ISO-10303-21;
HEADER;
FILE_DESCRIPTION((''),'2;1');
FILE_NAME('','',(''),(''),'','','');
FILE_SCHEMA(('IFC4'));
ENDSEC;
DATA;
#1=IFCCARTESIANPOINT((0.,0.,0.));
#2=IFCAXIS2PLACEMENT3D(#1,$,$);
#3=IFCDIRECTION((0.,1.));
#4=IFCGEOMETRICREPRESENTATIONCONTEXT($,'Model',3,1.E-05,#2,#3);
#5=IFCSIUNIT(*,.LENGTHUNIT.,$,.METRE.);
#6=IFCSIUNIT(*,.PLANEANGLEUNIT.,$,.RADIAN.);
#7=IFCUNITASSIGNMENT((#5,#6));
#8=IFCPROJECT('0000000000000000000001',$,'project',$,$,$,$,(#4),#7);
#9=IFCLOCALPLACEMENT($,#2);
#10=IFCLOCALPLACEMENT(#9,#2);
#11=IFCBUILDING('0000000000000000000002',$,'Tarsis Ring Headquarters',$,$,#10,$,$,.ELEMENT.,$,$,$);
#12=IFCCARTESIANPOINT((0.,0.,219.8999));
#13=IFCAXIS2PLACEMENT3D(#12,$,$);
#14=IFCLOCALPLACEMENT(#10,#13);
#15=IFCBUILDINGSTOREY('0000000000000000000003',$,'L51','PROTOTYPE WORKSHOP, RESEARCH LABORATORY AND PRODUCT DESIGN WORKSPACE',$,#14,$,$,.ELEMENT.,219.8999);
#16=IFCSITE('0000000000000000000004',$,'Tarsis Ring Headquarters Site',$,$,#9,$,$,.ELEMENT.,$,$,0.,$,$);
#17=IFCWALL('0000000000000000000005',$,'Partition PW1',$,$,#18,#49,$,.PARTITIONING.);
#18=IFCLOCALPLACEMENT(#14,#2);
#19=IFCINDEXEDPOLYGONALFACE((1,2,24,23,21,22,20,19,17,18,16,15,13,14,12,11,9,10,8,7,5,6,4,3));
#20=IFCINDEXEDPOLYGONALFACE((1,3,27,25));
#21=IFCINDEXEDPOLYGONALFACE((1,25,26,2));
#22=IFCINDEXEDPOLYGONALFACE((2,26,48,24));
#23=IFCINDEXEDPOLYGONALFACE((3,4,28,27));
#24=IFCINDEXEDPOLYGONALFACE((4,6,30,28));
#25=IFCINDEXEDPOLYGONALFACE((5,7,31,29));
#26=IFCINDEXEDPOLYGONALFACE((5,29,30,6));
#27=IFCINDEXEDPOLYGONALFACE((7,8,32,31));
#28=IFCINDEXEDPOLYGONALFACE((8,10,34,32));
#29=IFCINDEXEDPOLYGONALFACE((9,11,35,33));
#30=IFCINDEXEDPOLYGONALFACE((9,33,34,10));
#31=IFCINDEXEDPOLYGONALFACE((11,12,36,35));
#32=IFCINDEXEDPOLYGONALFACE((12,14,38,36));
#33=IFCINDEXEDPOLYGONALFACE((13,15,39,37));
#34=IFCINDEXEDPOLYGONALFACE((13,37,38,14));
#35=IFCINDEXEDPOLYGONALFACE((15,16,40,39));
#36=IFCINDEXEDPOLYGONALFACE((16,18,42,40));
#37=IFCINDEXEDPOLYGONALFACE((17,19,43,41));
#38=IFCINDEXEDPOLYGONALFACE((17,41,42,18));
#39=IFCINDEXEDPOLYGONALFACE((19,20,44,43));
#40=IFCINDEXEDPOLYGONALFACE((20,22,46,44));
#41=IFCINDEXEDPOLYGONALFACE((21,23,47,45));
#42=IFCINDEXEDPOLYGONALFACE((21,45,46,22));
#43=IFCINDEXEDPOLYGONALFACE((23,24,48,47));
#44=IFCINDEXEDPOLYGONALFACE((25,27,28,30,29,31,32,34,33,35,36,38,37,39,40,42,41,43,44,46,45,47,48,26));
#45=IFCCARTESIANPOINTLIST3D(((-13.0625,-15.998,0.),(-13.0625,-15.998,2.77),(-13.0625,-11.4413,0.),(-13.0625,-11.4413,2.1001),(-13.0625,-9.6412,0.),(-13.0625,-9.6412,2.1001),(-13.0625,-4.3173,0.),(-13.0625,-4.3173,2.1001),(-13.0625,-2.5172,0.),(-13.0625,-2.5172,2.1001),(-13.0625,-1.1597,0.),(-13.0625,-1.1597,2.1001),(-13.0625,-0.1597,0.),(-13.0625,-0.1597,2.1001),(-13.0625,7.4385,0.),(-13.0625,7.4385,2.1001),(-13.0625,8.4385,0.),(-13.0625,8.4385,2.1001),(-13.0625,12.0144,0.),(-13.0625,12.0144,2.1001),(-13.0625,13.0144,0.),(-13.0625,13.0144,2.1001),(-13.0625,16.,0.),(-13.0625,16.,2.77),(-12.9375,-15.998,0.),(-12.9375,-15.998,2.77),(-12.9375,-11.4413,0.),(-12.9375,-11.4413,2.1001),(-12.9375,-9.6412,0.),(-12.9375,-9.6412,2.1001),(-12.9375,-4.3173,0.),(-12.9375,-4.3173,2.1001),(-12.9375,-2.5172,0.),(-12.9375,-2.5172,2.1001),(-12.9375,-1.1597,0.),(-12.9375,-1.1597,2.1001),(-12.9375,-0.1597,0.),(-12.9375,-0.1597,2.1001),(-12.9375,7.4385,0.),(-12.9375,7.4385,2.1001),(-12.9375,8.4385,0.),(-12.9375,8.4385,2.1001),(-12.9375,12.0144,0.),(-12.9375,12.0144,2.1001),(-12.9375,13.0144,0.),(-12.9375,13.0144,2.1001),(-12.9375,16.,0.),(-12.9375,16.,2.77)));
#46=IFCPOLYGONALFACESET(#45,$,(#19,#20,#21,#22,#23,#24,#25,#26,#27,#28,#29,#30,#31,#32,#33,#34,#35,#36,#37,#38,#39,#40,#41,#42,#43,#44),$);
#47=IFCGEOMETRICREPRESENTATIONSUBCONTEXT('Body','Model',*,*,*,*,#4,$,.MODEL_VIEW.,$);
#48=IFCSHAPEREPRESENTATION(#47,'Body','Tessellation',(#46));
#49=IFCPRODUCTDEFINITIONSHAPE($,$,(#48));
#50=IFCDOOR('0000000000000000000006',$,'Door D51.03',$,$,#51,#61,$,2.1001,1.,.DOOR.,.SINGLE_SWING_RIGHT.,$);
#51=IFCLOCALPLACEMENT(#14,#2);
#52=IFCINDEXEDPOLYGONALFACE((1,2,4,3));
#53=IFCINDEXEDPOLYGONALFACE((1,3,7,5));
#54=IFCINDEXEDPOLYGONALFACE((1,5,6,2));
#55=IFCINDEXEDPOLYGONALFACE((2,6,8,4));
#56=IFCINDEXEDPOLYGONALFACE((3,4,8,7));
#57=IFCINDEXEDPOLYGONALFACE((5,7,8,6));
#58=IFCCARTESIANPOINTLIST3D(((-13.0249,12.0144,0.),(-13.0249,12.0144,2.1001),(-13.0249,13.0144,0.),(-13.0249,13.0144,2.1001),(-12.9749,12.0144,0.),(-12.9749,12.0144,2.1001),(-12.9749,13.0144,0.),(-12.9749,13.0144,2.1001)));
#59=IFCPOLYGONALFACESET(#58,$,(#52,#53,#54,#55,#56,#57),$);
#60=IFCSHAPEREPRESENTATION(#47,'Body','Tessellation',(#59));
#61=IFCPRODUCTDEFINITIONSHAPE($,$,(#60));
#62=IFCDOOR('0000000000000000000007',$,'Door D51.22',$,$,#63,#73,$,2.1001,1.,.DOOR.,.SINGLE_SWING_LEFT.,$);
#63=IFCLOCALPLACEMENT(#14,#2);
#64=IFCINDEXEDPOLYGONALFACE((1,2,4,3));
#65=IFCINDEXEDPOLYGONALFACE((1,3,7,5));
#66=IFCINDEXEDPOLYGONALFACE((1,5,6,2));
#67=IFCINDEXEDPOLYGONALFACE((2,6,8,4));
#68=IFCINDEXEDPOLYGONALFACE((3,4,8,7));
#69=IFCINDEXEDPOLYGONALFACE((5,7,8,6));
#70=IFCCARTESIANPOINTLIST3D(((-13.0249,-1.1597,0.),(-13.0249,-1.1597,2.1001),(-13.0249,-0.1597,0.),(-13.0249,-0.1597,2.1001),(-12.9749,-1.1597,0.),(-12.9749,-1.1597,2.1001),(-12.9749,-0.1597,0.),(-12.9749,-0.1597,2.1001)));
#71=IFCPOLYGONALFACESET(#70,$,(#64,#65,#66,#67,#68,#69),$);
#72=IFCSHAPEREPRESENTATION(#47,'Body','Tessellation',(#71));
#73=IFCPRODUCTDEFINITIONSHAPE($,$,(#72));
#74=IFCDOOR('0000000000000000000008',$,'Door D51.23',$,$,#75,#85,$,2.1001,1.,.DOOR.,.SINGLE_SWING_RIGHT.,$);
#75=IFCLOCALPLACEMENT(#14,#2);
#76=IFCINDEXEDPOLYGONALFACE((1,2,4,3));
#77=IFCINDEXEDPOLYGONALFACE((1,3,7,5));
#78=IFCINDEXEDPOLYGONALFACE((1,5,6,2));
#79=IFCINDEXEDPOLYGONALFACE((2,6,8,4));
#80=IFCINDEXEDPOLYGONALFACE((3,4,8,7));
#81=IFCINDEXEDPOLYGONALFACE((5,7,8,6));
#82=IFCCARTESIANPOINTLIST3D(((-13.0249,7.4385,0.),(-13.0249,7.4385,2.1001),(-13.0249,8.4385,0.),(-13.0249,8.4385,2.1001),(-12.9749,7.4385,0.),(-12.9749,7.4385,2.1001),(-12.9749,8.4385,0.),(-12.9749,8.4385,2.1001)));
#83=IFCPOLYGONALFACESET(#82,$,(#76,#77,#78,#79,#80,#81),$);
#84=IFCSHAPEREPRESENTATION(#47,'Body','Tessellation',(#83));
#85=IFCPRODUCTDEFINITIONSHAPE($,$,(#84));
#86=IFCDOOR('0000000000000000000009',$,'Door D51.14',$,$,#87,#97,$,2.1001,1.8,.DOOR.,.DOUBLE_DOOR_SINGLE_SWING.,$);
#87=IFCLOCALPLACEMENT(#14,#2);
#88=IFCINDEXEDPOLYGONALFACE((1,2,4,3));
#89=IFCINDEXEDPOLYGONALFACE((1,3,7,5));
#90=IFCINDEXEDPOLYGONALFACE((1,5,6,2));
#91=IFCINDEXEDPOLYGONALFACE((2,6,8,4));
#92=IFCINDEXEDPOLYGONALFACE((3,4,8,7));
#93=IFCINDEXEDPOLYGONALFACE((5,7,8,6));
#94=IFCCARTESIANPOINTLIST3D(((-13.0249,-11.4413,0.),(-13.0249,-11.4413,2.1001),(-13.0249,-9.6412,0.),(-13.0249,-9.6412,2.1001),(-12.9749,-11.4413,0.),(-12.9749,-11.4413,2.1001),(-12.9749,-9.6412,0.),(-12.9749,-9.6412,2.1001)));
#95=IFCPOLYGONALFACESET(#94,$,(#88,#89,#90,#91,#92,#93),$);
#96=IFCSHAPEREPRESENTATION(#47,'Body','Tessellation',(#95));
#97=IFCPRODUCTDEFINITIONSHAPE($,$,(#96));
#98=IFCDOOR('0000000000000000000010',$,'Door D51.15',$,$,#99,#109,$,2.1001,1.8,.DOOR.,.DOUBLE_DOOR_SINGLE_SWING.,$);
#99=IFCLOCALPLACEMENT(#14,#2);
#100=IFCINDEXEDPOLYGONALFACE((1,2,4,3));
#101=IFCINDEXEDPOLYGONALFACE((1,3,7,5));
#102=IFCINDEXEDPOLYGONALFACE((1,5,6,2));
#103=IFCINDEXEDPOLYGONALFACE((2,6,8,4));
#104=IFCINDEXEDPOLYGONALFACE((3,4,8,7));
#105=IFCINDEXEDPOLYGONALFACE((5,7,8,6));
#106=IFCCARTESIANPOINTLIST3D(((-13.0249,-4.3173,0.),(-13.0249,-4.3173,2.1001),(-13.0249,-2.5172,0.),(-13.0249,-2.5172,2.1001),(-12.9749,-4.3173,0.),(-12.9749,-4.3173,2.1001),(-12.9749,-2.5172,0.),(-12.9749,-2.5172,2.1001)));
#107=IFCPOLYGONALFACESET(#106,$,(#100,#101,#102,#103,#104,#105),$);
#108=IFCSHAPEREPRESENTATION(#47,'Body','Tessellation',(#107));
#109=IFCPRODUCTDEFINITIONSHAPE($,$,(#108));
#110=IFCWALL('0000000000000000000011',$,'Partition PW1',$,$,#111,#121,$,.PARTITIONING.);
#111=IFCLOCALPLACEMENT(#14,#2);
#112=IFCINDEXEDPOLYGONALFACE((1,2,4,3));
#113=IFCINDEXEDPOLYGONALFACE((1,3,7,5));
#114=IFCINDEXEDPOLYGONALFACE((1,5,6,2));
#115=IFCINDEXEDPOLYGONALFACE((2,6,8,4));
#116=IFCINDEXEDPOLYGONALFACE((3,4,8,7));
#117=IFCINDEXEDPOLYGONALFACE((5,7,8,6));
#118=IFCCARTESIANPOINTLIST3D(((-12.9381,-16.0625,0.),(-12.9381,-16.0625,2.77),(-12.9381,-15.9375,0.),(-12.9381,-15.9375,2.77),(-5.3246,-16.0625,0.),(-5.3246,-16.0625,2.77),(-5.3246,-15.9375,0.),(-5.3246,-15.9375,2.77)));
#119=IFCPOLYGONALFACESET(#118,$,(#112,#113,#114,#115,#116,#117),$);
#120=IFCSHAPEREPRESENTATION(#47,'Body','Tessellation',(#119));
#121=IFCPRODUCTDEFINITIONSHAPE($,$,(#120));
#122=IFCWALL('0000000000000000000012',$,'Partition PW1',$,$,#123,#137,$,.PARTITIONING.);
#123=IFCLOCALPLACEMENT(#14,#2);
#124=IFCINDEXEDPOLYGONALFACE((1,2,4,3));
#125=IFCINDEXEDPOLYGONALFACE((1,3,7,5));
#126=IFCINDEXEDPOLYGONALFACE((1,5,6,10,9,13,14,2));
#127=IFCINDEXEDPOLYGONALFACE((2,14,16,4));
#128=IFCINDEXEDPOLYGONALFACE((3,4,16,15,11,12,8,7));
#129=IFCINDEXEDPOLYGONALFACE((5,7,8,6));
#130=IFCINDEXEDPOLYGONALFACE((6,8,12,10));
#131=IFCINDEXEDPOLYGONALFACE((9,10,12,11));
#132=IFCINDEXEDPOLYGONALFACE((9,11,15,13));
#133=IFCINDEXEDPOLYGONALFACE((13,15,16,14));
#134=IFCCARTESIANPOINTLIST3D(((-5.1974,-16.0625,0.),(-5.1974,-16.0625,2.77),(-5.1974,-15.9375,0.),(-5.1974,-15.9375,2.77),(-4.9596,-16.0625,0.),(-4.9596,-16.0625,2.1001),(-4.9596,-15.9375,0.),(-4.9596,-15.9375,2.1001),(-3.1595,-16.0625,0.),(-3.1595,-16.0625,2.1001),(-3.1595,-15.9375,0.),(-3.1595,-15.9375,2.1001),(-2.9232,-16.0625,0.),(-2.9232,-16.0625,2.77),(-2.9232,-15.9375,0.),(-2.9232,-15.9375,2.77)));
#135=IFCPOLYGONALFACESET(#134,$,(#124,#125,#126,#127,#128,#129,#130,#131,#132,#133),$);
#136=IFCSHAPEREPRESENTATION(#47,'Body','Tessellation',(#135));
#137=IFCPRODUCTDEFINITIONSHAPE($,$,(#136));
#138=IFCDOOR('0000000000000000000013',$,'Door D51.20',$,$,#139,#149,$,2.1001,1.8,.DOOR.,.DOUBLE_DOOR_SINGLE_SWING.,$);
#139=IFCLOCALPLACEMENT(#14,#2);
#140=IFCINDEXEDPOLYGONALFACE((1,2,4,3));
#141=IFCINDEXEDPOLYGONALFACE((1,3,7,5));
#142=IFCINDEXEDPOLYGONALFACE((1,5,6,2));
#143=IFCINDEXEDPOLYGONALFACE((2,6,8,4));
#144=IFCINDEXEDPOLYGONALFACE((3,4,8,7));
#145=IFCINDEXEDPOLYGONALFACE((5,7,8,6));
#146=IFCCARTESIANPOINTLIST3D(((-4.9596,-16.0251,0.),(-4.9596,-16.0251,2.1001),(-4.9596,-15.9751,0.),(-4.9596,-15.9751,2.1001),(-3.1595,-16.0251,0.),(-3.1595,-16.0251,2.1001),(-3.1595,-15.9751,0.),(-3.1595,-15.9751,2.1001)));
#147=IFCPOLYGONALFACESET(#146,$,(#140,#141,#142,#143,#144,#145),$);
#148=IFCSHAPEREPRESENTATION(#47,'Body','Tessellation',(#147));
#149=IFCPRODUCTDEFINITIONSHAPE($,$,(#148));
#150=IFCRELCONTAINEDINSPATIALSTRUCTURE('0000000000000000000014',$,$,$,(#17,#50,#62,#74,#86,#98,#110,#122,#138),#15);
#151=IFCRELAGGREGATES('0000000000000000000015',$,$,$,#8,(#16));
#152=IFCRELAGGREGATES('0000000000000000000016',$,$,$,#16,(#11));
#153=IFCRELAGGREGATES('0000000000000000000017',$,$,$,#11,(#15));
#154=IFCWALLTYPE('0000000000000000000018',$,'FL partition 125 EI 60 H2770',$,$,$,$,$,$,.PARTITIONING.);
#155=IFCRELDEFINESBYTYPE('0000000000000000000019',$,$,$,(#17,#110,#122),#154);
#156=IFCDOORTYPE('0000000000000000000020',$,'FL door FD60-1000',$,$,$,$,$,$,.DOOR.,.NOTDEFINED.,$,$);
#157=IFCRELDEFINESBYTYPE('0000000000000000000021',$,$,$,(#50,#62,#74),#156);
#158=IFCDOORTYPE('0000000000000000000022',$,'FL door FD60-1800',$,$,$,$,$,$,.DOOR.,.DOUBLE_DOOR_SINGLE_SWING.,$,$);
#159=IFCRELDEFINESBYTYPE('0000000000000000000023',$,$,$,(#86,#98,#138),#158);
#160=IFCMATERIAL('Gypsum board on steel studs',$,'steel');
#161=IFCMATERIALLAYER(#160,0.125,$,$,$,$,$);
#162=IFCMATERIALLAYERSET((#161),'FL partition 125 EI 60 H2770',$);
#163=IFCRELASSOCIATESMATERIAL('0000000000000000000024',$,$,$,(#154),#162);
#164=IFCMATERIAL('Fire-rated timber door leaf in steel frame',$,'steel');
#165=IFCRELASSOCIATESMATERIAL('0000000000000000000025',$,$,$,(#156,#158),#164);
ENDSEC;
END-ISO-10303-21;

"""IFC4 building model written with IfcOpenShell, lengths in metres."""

from ifc_helpers import new_model, si_unit, direction, frame, frame_2d, origin, place, context, subcontext, project, spatial, rectangle, extrude, material, layer, layer_set, type_object, element, fill, save


model = new_model("IFC4")

# Units and contexts
model_context = context("Model", 3, precision=1e-05, world=origin(), true_north=direction((0.0, 1.0)))
body_context = subcontext(model_context, "Body", "Model", "MODEL_VIEW")
ifc_project = project(units=[si_unit("LENGTHUNIT", "METRE"), si_unit("PLANEANGLEUNIT", "RADIAN")], contexts=[model_context])

# Site, building, storey
site_placement = place(None, origin())
site = spatial("IfcSite", under=ifc_project, at=site_placement, Name="Tarsis Ring Headquarters Site", CompositionType="ELEMENT", RefElevation=0.0)
building_placement = place(site_placement, origin())
building = spatial("IfcBuilding", under=site, at=building_placement, Name="Tarsis Ring Headquarters", CompositionType="ELEMENT")
storey_placement = place(building_placement, frame((0.0, 0.0, 219.8999)))
storey = spatial("IfcBuildingStorey", under=building, at=storey_placement, Name="L51", Description="PROTOTYPE WORKSHOP, RESEARCH LABORATORY AND PRODUCT DESIGN WORKSPACE", CompositionType="ELEMENT", Elevation=219.8999)

# Wall, openings, doors
ifc_material_1 = material(Name="Gypsum board on steel studs", Category="steel")
ifc_layer_1 = layer(ifc_material_1, 0.125)
ifc_layer_set_1 = layer_set([ifc_layer_1], Name="FL partition 125 EI 60 H2770")
wall_type_1 = type_object("IfcWallType", Name="FL partition 125 EI 60 H2770", PredefinedType="PARTITIONING", material=ifc_layer_set_1)
wall_1_placement = place(storey_placement, frame((-13.0, -15.998, 0.0), z_axis=(0.0, 0.0, 1.0), x_axis=(0.0, 1.0, 0.0)))
wall_1 = element("IfcWall", 1, at=wall_1_placement, inside=storey, type_object=wall_type_1, Name="Partition PW1", PredefinedType="PARTITIONING", context=body_context, shape_type="SweptSolid", body=[
    extrude(rectangle(XDim=31.998, YDim=0.125, at=frame_2d((15.999, 0.0))), origin(), (0.0, 0.0, 1.0), 2.77),
])
opening_1_placement = place(wall_1_placement, frame((28.0125, 0.0, 0.0)))
opening_1 = element("IfcOpeningElement", 2, at=opening_1_placement, cuts=wall_1, PredefinedType="OPENING", context=body_context, shape_type="SweptSolid", body=[
    extrude(rectangle(XDim=1.0, YDim=2.1001, at=frame_2d((0.5, 1.05))), frame((0.0, 0.0725, 0.0), z_axis=(0.0, -1.0, 0.0), x_axis=(1.0, 0.0, 0.0)), (0.0, 0.0, 1.0), 0.145),
])
opening_2_placement = place(wall_1_placement, frame((4.5569, 0.0, 0.0)))
opening_2 = element("IfcOpeningElement", 3, at=opening_2_placement, cuts=wall_1, PredefinedType="OPENING", context=body_context, shape_type="SweptSolid", body=[
    extrude(rectangle(XDim=1.8, YDim=2.1001, at=frame_2d((0.8999, 1.05))), frame((0.0, 0.0725, 0.0), z_axis=(0.0, -1.0, 0.0), x_axis=(1.0, 0.0, 0.0)), (0.0, 0.0, 1.0), 0.145),
])
opening_3_placement = place(wall_1_placement, frame((11.6809, 0.0, 0.0)))
opening_3 = element("IfcOpeningElement", 4, at=opening_3_placement, cuts=wall_1, PredefinedType="OPENING", context=body_context, shape_type="SweptSolid", body=[
    extrude(rectangle(XDim=1.8, YDim=2.1001, at=frame_2d((0.8999, 1.05))), frame((0.0, 0.0725, 0.0), z_axis=(0.0, -1.0, 0.0), x_axis=(1.0, 0.0, 0.0)), (0.0, 0.0, 1.0), 0.145),
])
opening_4_placement = place(wall_1_placement, frame((14.8384, 0.0, 0.0)))
opening_4 = element("IfcOpeningElement", 5, at=opening_4_placement, cuts=wall_1, PredefinedType="OPENING", context=body_context, shape_type="SweptSolid", body=[
    extrude(rectangle(XDim=1.0, YDim=2.1001, at=frame_2d((0.5, 1.05))), frame((0.0, 0.0725, 0.0), z_axis=(0.0, -1.0, 0.0), x_axis=(1.0, 0.0, 0.0)), (0.0, 0.0, 1.0), 0.145),
])
opening_5_placement = place(wall_1_placement, frame((23.4365, 0.0, 0.0)))
opening_5 = element("IfcOpeningElement", 6, at=opening_5_placement, cuts=wall_1, PredefinedType="OPENING", context=body_context, shape_type="SweptSolid", body=[
    extrude(rectangle(XDim=1.0, YDim=2.1001, at=frame_2d((0.5, 1.05))), frame((0.0, 0.0725, 0.0), z_axis=(0.0, -1.0, 0.0), x_axis=(1.0, 0.0, 0.0)), (0.0, 0.0, 1.0), 0.145),
])
ifc_material_2 = material(Name="Fire-rated timber door leaf in steel frame", Category="steel")
door_type_1 = type_object("IfcDoorType", Name="FL door FD60-1000", OperationType="NOTDEFINED", PredefinedType="DOOR", material=ifc_material_2)
door_1_placement = place(opening_1_placement, origin())
door_1 = element("IfcDoor", 7, at=door_1_placement, inside=storey, type_object=door_type_1, Name="Door D51.03", OperationType="SINGLE_SWING_RIGHT", OverallHeight=2.1001, OverallWidth=1.0, PredefinedType="DOOR", context=body_context, shape_type="SweptSolid", body=[
    extrude(rectangle(XDim=1.0, YDim=2.1001, at=frame_2d((0.5, 1.05))), frame((0.0, 0.0249, 0.0), z_axis=(0.0, -1.0, 0.0), x_axis=(1.0, 0.0, 0.0)), (0.0, 0.0, 1.0), 0.05),
])
fill(opening_1, door_1)
door_2_placement = place(opening_4_placement, origin())
door_2 = element("IfcDoor", 8, at=door_2_placement, inside=storey, type_object=door_type_1, Name="Door D51.22", OperationType="SINGLE_SWING_LEFT", OverallHeight=2.1001, OverallWidth=1.0, PredefinedType="DOOR", context=body_context, shape_type="SweptSolid", body=[
    extrude(rectangle(XDim=1.0, YDim=2.1001, at=frame_2d((0.5, 1.05))), frame((0.0, 0.0249, 0.0), z_axis=(0.0, -1.0, 0.0), x_axis=(1.0, 0.0, 0.0)), (0.0, 0.0, 1.0), 0.05),
])
fill(opening_4, door_2)
door_3_placement = place(opening_5_placement, origin())
door_3 = element("IfcDoor", 9, at=door_3_placement, inside=storey, type_object=door_type_1, Name="Door D51.23", OperationType="SINGLE_SWING_RIGHT", OverallHeight=2.1001, OverallWidth=1.0, PredefinedType="DOOR", context=body_context, shape_type="SweptSolid", body=[
    extrude(rectangle(XDim=1.0, YDim=2.1001, at=frame_2d((0.5, 1.05))), frame((0.0, 0.0249, 0.0), z_axis=(0.0, -1.0, 0.0), x_axis=(1.0, 0.0, 0.0)), (0.0, 0.0, 1.0), 0.05),
])
fill(opening_5, door_3)
door_type_2 = type_object("IfcDoorType", Name="FL door FD60-1800", OperationType="DOUBLE_DOOR_SINGLE_SWING", PredefinedType="DOOR", material=ifc_material_2)
door_4_placement = place(opening_2_placement, origin())
door_4 = element("IfcDoor", 10, at=door_4_placement, inside=storey, type_object=door_type_2, Name="Door D51.14", OperationType="DOUBLE_DOOR_SINGLE_SWING", OverallHeight=2.1001, OverallWidth=1.8, PredefinedType="DOOR", context=body_context, shape_type="SweptSolid", body=[
    extrude(rectangle(XDim=1.8, YDim=2.1001, at=frame_2d((0.8999, 1.05))), frame((0.0, 0.0249, 0.0), z_axis=(0.0, -1.0, 0.0), x_axis=(1.0, 0.0, 0.0)), (0.0, 0.0, 1.0), 0.05),
])
fill(opening_2, door_4)
door_5_placement = place(opening_3_placement, origin())
door_5 = element("IfcDoor", 11, at=door_5_placement, inside=storey, type_object=door_type_2, Name="Door D51.15", OperationType="DOUBLE_DOOR_SINGLE_SWING", OverallHeight=2.1001, OverallWidth=1.8, PredefinedType="DOOR", context=body_context, shape_type="SweptSolid", body=[
    extrude(rectangle(XDim=1.8, YDim=2.1001, at=frame_2d((0.8999, 1.05))), frame((0.0, 0.0249, 0.0), z_axis=(0.0, -1.0, 0.0), x_axis=(1.0, 0.0, 0.0)), (0.0, 0.0, 1.0), 0.05),
])
fill(opening_3, door_5)

# Wall
wall_2_placement = place(storey_placement, frame((-12.938, -16.0, 0.0), z_axis=(0.0, 0.0, 1.0), x_axis=(1.0, 0.0, 0.0)))
element("IfcWall", 12, at=wall_2_placement, inside=storey, type_object=wall_type_1, Name="Partition PW1", PredefinedType="PARTITIONING", context=body_context, shape_type="SweptSolid", body=[
    extrude(rectangle(XDim=7.6135, YDim=0.125, at=frame_2d((3.8066, 0.0))), origin(), (0.0, 0.0, 1.0), 2.77),
])

# Wall, opening, door
wall_3_placement = place(storey_placement, frame((-5.1975, -16.0, 0.0), z_axis=(0.0, 0.0, 1.0), x_axis=(1.0, 0.0, 0.0)))
wall_3 = element("IfcWall", 13, at=wall_3_placement, inside=storey, type_object=wall_type_1, Name="Partition PW1", PredefinedType="PARTITIONING", context=body_context, shape_type="SweptSolid", body=[
    extrude(rectangle(XDim=2.2742, YDim=0.125, at=frame_2d((1.1372, 0.0))), origin(), (0.0, 0.0, 1.0), 2.77),
])
opening_6_placement = place(wall_3_placement, frame((0.238, 0.0, 0.0)))
opening_6 = element("IfcOpeningElement", 14, at=opening_6_placement, cuts=wall_3, PredefinedType="OPENING", context=body_context, shape_type="SweptSolid", body=[
    extrude(rectangle(XDim=1.8, YDim=2.1001, at=frame_2d((0.8999, 1.05))), frame((0.0, 0.0725, 0.0), z_axis=(0.0, -1.0, 0.0), x_axis=(1.0, 0.0, 0.0)), (0.0, 0.0, 1.0), 0.145),
])
door_6_placement = place(opening_6_placement, origin())
door_6 = element("IfcDoor", 15, at=door_6_placement, inside=storey, type_object=door_type_2, Name="Door D51.20", OperationType="DOUBLE_DOOR_SINGLE_SWING", OverallHeight=2.1001, OverallWidth=1.8, PredefinedType="DOOR", context=body_context, shape_type="SweptSolid", body=[
    extrude(rectangle(XDim=1.8, YDim=2.1001, at=frame_2d((0.8999, 1.05))), frame((0.0, 0.0249, 0.0), z_axis=(0.0, -1.0, 0.0), x_axis=(1.0, 0.0, 0.0)), (0.0, 0.0, 1.0), 0.05),
])
fill(opening_6, door_6)

save(model, "model.ifc")
